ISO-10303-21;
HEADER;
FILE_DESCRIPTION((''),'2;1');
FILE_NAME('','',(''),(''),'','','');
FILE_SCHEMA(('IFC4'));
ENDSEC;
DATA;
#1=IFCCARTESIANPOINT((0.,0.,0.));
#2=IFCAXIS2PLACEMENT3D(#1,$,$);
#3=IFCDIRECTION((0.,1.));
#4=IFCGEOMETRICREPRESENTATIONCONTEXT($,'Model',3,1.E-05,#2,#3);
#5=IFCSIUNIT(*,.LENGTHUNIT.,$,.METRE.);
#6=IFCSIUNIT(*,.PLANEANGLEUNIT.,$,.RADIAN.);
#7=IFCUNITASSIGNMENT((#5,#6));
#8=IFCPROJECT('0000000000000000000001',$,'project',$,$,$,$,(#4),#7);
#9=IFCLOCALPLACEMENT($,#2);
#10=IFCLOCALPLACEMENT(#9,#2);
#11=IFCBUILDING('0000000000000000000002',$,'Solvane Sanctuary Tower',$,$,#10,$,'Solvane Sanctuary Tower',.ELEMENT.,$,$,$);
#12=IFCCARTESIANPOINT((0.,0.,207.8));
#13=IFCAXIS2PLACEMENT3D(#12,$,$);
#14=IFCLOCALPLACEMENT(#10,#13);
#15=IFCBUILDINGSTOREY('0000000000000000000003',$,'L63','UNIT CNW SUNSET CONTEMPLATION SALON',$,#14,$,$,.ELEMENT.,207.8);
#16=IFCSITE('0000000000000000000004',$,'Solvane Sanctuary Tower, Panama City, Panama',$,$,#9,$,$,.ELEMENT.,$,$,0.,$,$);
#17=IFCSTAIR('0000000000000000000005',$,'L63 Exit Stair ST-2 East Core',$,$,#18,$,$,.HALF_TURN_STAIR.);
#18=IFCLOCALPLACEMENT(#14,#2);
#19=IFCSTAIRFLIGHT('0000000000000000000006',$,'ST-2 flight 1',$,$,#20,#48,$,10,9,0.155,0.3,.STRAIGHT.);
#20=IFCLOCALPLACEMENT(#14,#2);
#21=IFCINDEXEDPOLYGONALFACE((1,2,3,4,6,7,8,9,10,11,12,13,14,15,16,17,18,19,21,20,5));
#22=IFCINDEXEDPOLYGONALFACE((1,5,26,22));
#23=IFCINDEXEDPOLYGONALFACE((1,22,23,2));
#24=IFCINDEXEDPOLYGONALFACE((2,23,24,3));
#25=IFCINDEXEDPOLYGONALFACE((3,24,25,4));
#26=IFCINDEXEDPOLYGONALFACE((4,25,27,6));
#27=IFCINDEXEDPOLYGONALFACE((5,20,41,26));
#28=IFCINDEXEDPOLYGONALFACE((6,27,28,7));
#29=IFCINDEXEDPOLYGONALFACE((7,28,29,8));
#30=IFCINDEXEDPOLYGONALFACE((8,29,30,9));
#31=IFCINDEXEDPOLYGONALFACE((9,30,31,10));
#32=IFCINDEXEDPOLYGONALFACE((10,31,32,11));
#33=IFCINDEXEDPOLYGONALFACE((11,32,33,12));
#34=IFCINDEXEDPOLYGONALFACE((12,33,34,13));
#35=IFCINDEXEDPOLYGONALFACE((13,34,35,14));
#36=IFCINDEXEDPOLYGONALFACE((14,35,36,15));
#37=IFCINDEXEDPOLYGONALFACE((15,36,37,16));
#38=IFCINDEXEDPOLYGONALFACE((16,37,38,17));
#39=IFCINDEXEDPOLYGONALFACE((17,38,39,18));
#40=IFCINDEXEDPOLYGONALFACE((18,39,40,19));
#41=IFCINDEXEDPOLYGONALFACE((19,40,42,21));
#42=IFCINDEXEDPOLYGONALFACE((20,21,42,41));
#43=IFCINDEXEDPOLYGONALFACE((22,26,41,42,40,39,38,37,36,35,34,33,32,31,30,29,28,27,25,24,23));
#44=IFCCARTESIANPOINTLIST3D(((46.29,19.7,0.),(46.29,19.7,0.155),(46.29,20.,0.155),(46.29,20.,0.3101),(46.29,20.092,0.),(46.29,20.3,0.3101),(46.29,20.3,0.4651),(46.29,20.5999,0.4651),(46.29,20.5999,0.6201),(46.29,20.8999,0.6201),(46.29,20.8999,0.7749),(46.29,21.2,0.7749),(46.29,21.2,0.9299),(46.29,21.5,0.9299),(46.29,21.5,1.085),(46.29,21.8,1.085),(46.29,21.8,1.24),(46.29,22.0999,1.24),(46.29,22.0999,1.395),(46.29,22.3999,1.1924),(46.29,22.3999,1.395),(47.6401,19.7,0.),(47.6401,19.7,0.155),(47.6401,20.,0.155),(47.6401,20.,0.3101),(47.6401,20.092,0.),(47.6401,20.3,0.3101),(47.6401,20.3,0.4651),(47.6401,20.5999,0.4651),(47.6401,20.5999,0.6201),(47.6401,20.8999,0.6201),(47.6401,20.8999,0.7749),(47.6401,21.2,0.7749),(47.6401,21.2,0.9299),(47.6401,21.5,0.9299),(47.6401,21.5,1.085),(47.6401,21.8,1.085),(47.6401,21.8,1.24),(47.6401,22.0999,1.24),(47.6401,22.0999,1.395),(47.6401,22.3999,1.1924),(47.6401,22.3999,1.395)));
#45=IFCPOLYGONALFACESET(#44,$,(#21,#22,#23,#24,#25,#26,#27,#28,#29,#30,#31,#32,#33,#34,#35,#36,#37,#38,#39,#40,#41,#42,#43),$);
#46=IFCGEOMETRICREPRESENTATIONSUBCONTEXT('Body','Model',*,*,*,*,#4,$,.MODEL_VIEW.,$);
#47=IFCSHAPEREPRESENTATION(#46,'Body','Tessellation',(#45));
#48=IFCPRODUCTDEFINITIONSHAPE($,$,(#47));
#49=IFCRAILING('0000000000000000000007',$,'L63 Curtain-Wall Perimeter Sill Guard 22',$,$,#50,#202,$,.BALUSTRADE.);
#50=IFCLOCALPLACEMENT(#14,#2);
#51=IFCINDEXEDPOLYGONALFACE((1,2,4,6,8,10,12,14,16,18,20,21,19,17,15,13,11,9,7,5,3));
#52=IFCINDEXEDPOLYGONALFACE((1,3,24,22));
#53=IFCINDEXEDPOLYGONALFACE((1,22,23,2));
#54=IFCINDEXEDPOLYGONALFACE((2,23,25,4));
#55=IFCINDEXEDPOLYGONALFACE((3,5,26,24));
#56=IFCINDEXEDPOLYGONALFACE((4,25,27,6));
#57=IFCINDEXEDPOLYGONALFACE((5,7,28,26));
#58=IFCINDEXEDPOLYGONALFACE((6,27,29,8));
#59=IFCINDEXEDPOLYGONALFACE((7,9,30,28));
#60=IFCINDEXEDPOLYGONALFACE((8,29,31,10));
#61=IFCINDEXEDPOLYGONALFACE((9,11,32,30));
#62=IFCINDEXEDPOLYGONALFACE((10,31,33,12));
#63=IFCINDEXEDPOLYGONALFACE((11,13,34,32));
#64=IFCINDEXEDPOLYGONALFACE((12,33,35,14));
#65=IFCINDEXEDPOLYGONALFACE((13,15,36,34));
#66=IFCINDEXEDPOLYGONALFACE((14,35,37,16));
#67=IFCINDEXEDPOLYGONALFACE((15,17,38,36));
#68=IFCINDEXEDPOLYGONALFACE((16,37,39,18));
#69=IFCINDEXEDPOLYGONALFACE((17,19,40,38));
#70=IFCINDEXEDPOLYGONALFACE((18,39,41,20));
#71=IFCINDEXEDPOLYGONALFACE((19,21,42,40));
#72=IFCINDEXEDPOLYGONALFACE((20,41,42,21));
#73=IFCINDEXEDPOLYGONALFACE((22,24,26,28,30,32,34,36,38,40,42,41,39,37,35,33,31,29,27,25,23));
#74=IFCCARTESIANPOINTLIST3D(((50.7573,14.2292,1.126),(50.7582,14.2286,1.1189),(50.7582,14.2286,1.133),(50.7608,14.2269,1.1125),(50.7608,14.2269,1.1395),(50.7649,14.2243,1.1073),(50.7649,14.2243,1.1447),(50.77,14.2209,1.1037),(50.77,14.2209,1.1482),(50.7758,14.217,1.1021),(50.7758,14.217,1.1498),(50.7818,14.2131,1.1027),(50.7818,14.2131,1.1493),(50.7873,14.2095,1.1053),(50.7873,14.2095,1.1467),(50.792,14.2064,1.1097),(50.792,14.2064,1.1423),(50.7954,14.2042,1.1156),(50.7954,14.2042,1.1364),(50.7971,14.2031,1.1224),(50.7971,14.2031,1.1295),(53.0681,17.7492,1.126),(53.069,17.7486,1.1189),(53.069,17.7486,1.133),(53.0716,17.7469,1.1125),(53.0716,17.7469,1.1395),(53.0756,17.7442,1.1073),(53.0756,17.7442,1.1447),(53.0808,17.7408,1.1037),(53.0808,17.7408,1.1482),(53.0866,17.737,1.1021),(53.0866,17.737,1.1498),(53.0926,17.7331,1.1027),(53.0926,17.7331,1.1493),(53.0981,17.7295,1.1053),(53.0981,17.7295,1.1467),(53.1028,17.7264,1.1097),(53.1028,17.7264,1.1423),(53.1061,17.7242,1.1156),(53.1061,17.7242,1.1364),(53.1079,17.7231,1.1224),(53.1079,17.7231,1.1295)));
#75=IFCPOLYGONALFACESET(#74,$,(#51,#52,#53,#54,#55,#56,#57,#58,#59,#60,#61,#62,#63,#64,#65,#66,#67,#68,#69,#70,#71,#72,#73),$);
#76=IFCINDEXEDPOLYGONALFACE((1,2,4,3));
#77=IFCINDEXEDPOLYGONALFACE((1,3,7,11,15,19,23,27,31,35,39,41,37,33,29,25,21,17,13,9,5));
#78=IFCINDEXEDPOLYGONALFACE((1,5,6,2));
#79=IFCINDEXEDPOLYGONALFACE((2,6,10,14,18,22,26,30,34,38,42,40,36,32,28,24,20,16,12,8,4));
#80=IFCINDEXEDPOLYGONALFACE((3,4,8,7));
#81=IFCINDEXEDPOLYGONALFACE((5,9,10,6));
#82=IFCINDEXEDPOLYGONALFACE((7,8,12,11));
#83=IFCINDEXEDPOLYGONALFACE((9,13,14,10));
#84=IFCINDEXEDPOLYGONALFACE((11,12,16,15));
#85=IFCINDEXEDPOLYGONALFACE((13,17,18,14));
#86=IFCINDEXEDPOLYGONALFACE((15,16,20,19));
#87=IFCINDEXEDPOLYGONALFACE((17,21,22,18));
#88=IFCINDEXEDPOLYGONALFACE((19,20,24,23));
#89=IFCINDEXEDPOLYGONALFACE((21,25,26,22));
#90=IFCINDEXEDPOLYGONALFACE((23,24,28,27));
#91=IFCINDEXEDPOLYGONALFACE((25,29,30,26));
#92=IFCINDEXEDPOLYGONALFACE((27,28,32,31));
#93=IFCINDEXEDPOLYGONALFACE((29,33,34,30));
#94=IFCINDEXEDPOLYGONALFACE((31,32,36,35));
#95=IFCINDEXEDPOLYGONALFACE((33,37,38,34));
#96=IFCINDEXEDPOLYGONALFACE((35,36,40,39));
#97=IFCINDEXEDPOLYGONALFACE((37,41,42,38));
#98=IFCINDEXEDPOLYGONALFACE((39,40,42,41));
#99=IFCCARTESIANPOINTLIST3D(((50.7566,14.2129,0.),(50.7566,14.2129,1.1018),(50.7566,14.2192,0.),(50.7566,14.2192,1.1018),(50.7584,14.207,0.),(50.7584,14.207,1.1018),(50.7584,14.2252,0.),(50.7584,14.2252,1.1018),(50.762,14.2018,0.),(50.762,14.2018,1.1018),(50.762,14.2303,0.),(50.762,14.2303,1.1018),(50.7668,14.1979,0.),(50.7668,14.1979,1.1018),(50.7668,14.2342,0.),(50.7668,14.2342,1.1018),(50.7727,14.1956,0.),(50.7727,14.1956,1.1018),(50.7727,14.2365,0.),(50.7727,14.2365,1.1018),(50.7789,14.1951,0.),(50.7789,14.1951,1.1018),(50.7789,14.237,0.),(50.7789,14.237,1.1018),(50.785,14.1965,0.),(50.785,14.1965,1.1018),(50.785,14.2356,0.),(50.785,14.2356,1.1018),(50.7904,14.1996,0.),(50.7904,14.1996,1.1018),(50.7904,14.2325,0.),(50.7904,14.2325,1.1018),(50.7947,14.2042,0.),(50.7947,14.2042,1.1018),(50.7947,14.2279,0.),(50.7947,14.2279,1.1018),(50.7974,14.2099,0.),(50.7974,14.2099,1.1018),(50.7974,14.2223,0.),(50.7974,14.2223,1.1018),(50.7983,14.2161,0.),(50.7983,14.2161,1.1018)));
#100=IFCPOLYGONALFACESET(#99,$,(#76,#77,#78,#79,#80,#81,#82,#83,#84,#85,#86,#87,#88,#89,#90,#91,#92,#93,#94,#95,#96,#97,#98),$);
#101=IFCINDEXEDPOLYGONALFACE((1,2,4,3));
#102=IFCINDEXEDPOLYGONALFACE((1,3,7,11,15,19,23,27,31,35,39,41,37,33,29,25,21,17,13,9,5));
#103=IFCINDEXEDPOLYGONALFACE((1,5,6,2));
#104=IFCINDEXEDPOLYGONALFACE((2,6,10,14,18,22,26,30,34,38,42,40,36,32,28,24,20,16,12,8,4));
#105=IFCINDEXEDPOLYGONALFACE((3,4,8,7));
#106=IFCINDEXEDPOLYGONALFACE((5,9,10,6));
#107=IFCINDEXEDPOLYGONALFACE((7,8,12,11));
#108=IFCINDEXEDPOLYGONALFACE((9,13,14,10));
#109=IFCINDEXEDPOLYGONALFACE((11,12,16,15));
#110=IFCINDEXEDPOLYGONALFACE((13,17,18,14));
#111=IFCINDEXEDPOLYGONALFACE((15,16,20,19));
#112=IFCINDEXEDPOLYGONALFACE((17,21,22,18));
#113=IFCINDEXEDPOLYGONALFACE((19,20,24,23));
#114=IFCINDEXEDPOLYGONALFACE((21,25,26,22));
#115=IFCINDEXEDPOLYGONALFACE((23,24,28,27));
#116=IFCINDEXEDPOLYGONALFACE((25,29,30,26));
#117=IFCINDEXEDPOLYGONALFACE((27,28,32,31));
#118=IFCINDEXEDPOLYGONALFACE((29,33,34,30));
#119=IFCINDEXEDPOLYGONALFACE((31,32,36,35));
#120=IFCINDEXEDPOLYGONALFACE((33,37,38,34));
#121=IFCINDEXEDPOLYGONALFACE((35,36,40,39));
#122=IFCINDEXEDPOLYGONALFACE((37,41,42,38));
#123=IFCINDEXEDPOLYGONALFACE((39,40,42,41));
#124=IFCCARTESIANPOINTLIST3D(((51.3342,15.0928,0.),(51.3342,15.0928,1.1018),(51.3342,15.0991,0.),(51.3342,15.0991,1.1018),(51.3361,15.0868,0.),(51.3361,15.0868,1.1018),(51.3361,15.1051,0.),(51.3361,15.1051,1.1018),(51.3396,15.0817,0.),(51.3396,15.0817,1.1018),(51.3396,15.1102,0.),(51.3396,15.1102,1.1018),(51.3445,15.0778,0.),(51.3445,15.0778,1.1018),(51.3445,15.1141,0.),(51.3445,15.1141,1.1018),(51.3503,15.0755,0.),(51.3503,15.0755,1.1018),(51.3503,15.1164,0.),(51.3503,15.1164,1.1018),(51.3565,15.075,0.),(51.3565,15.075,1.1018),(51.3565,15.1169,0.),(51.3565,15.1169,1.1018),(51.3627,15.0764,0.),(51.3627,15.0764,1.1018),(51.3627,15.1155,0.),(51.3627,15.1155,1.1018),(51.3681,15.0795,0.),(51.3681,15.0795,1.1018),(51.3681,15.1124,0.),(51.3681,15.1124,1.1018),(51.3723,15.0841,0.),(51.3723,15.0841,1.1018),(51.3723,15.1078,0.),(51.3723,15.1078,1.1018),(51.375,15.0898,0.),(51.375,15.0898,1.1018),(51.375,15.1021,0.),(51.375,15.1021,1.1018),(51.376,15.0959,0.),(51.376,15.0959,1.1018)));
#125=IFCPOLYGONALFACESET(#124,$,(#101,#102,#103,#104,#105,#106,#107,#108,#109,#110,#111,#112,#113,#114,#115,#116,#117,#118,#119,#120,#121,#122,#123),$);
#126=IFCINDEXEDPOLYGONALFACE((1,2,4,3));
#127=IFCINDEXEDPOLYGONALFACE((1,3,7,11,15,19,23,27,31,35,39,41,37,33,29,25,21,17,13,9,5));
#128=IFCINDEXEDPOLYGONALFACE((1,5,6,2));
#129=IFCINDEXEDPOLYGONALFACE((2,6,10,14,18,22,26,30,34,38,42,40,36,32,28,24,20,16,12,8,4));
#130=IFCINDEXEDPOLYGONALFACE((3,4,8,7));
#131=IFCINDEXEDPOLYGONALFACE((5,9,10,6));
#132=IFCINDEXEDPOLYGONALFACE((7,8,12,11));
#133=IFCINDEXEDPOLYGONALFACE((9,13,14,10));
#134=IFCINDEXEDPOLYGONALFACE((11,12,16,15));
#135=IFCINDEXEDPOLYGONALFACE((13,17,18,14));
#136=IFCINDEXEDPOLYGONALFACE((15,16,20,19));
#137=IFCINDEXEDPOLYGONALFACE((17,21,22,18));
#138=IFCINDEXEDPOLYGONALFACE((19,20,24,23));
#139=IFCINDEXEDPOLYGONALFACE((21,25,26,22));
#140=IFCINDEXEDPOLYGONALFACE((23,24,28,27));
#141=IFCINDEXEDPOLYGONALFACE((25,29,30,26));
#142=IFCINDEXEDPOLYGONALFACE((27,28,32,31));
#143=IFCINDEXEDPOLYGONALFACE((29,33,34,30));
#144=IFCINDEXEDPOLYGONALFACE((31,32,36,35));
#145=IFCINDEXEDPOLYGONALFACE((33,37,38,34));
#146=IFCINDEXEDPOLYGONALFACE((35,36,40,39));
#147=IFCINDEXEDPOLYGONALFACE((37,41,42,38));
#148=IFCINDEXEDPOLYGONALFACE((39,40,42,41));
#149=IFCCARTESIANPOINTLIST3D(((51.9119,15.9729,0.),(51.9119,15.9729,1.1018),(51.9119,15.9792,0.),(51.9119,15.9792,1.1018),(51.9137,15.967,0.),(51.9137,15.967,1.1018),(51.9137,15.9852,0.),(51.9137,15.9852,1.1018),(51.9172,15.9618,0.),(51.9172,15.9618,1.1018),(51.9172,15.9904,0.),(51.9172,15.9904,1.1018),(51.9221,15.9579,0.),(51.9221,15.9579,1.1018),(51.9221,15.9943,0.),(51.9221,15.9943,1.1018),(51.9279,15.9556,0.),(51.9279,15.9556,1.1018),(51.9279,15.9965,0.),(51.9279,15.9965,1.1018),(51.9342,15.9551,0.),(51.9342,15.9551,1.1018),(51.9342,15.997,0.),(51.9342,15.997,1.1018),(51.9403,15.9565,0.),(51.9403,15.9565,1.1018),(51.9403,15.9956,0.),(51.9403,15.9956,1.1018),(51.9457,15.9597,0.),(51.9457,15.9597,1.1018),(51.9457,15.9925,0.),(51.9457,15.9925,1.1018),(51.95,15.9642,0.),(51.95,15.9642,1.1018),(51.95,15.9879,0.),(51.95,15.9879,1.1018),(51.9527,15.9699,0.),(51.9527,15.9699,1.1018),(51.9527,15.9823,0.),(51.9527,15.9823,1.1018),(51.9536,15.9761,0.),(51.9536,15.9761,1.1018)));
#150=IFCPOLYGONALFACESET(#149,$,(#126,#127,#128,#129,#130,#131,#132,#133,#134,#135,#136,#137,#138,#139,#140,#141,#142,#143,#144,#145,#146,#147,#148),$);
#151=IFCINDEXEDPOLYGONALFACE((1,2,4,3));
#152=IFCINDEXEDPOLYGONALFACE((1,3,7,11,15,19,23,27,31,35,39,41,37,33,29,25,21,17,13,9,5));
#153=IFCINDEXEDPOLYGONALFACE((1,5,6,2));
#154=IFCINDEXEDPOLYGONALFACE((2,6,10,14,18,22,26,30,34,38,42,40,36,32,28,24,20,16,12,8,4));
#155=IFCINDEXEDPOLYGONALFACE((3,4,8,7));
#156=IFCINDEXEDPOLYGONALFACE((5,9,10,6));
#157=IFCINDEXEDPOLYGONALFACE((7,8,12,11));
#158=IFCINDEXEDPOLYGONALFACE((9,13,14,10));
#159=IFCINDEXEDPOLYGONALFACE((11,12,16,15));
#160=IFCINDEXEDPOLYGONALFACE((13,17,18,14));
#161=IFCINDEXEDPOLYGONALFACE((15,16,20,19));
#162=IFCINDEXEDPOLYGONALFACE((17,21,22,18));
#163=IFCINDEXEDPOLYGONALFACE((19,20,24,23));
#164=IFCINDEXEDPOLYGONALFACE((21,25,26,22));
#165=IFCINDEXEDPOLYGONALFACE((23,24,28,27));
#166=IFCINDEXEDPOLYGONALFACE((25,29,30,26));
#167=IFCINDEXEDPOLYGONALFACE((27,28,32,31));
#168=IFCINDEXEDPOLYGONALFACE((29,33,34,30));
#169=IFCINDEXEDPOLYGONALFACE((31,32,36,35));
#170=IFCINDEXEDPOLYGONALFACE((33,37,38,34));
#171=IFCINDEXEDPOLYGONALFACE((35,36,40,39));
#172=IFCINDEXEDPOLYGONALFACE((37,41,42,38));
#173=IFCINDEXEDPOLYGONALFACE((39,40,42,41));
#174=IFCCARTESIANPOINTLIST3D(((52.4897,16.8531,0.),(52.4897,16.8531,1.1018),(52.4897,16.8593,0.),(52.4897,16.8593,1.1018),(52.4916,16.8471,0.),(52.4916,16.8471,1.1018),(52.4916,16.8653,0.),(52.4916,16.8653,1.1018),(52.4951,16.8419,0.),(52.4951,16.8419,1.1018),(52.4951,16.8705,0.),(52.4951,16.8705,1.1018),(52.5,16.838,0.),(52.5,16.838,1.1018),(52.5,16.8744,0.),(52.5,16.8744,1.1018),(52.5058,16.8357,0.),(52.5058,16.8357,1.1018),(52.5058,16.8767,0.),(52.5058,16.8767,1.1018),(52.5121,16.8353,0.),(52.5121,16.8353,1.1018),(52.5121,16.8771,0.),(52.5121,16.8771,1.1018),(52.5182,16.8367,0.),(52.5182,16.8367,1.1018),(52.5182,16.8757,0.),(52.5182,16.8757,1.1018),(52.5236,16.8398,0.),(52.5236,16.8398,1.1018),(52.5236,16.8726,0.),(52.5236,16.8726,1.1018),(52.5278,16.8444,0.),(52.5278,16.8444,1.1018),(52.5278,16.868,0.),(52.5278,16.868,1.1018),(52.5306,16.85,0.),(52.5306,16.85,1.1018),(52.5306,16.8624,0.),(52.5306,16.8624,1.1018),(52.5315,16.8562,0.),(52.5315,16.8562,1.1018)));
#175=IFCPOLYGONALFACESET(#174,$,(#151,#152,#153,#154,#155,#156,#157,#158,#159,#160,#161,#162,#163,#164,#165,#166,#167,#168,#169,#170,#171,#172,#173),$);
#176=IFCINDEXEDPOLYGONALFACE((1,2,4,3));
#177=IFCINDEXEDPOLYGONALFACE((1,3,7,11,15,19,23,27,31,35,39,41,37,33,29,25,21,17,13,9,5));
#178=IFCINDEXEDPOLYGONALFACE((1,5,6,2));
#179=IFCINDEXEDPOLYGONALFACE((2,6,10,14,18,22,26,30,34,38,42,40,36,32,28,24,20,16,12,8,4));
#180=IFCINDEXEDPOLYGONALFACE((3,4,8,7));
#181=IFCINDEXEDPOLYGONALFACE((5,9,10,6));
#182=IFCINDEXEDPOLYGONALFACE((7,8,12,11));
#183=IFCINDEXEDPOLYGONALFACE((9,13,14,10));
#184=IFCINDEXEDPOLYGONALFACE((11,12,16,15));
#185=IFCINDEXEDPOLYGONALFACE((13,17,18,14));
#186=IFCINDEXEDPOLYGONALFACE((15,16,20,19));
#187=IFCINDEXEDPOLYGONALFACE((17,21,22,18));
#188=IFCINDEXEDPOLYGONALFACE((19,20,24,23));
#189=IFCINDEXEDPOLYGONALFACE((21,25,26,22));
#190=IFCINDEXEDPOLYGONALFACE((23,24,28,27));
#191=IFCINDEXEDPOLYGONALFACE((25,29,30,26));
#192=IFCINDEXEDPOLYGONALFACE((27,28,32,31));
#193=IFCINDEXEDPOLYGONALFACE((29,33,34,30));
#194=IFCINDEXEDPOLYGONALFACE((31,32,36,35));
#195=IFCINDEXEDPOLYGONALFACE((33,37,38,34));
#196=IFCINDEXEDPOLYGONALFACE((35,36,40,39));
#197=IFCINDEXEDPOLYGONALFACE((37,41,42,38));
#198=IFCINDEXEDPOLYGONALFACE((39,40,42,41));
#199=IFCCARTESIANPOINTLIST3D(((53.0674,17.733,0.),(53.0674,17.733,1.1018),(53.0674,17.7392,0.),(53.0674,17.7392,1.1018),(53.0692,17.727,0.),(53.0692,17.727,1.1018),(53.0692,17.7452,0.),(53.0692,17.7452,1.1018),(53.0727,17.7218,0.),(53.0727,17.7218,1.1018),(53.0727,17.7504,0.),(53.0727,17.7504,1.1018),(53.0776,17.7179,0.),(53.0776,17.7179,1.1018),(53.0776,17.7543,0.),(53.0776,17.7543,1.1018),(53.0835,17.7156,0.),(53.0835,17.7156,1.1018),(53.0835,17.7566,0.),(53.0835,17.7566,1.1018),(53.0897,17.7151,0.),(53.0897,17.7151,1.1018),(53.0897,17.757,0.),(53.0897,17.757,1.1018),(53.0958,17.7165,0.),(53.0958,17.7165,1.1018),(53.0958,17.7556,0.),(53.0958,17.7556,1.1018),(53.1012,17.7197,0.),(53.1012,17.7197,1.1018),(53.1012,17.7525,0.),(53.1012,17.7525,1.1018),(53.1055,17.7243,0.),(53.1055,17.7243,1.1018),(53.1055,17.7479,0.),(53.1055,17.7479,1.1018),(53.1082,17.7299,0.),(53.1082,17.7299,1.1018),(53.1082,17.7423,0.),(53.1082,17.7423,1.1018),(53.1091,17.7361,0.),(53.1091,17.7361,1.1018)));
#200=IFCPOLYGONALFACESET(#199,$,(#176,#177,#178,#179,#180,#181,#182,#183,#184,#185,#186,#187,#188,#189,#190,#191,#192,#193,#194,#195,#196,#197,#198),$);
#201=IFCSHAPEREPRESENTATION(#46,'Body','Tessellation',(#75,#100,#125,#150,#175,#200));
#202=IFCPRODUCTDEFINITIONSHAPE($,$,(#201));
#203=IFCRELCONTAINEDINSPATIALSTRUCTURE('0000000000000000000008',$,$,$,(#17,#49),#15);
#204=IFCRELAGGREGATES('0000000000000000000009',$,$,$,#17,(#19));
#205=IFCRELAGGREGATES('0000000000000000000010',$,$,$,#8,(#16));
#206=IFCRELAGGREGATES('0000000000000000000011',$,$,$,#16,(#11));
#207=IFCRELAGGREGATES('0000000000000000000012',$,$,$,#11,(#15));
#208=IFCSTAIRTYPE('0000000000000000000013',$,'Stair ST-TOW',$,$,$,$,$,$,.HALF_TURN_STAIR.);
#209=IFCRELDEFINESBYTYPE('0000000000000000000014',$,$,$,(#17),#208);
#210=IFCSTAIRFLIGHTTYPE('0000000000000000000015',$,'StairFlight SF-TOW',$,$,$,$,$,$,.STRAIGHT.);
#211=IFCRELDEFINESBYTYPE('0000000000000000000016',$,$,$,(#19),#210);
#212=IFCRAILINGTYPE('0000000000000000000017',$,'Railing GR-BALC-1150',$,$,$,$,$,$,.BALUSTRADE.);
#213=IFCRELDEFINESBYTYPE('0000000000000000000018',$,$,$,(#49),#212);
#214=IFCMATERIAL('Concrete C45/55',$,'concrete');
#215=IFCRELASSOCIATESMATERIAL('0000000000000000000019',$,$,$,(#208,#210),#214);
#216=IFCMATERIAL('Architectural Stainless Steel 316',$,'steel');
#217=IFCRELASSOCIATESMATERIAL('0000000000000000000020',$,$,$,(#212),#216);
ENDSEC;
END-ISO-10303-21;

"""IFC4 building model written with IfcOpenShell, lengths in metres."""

from ifc_helpers import new_model, si_unit, direction, frame, origin, origin_2d, place, context, subcontext, project, spatial, polyline, circle, outline, extrude, material, type_object, element, aggregate, save


model = new_model("IFC4")

# Units and contexts
model_context = context("Model", 3, precision=1e-05, world=origin(), true_north=direction((0.0, 1.0)))
body_context = subcontext(model_context, "Body", "Model", "MODEL_VIEW")
ifc_project = project(units=[si_unit("LENGTHUNIT", "METRE"), si_unit("PLANEANGLEUNIT", "RADIAN")], contexts=[model_context])

# Site, building, storey
site_placement = place(None, origin())
site = spatial("IfcSite", under=ifc_project, at=site_placement, Name="Solvane Sanctuary Tower, Panama City, Panama", CompositionType="ELEMENT", RefElevation=0.0)
building_placement = place(site_placement, origin())
building = spatial("IfcBuilding", under=site, at=building_placement, Name="Solvane Sanctuary Tower", LongName="Solvane Sanctuary Tower", CompositionType="ELEMENT")
storey_placement = place(building_placement, frame((0.0, 0.0, 207.8)))
storey = spatial("IfcBuildingStorey", under=building, at=storey_placement, Name="L63", Description="UNIT CNW SUNSET CONTEMPLATION SALON", CompositionType="ELEMENT", Elevation=207.8)

# Stair, stair flight
ifc_material_1 = material(Name="Concrete C45/55", Category="concrete")
stair_type = type_object("IfcStairType", Name="Stair ST-TOW", PredefinedType="HALF_TURN_STAIR", material=ifc_material_1)
stair_placement = place(storey_placement, origin())
stair = element("IfcStair", 1, at=stair_placement, inside=storey, type_object=stair_type, Name="L63 Exit Stair ST-2 East Core", PredefinedType="HALF_TURN_STAIR")
stair_flight_type = type_object("IfcStairFlightType", Name="StairFlight SF-TOW", PredefinedType="STRAIGHT", material=ifc_material_1)
stair_flight_placement = place(storey_placement, frame((46.9651, 19.7, 0.0), z_axis=(0.0, 0.0, 1.0), x_axis=(0.0, 1.0, 0.0)))
stair_flight = element("IfcStairFlight", 2, at=stair_flight_placement, type_object=stair_flight_type, Name="ST-2 flight 1", NumberOfRisers=10, NumberOfTreads=9, PredefinedType="STRAIGHT", RiserHeight=0.155, TreadLength=0.3, context=body_context, shape_type="SweptSolid", body=[
    extrude(outline(polyline([(0.0, 0.0), (0.0, 0.155), (0.3, 0.155), (0.3, 0.3101), (0.6001, 0.3101), (0.6001, 0.4651), (0.8999, 0.4651), (0.8999, 0.6201), (1.2, 0.6201), (1.2, 0.7749), (1.5, 0.7749), (1.5, 0.9299), (1.8, 0.9299), (1.8, 1.085), (2.1001, 1.085), (2.1001, 1.24), (2.3999, 1.24), (2.3999, 1.395), (2.7, 1.395), (2.7, 1.55), (2.7, 1.1924), (0.3921, 0.0), (0.0, 0.0)])), frame((0.0, 0.675, 0.0), z_axis=(0.0, -1.0, 0.0), x_axis=(1.0, 0.0, 0.0)), (0.0, 0.0, 1.0), 1.3501),
])
aggregate(stair, [stair_flight])

# Railing
ifc_material_2 = material(Name="Architectural Stainless Steel 316", Category="steel")
railing_type_1 = type_object("IfcRailingType", Name="Railing GR-BALC-1150", PredefinedType="BALUSTRADE", material=ifc_material_2)
railing_1_placement = place(storey_placement, frame((50.7773, 14.2161, 0.0)))
element("IfcRailing", 3, at=railing_1_placement, inside=storey, type_object=railing_type_1, Name="L63 Curtain-Wall Perimeter Sill Guard 22", PredefinedType="BALUSTRADE", context=body_context, shape_type="SweptSolid", body=[
    extrude(circle(Radius=0.0239, at=origin_2d()), frame((0.0, 0.0, 1.126), z_axis=(0.548786, 0.835963, 0.0), x_axis=(-0.835963, 0.548786, 0.0)), (0.0, 0.0, 1.0), 4.2107),
    extrude(circle(Radius=0.021, at=origin_2d()), origin(), (0.0, 0.0, 1.0), 1.1018),
    extrude(circle(Radius=0.021, at=origin_2d()), frame((0.5776, 0.8799, 0.0)), (0.0, 0.0, 1.0), 1.1018),
    extrude(circle(Radius=0.021, at=origin_2d()), frame((1.1553, 1.76, 0.0)), (0.0, 0.0, 1.0), 1.1018),
    extrude(circle(Radius=0.021, at=origin_2d()), frame((1.7332, 2.6401, 0.0)), (0.0, 0.0, 1.0), 1.1018),
    extrude(circle(Radius=0.021, at=origin_2d()), frame((2.3108, 3.52, 0.0)), (0.0, 0.0, 1.0), 1.1018),
])

save(model, "model.ifc")
